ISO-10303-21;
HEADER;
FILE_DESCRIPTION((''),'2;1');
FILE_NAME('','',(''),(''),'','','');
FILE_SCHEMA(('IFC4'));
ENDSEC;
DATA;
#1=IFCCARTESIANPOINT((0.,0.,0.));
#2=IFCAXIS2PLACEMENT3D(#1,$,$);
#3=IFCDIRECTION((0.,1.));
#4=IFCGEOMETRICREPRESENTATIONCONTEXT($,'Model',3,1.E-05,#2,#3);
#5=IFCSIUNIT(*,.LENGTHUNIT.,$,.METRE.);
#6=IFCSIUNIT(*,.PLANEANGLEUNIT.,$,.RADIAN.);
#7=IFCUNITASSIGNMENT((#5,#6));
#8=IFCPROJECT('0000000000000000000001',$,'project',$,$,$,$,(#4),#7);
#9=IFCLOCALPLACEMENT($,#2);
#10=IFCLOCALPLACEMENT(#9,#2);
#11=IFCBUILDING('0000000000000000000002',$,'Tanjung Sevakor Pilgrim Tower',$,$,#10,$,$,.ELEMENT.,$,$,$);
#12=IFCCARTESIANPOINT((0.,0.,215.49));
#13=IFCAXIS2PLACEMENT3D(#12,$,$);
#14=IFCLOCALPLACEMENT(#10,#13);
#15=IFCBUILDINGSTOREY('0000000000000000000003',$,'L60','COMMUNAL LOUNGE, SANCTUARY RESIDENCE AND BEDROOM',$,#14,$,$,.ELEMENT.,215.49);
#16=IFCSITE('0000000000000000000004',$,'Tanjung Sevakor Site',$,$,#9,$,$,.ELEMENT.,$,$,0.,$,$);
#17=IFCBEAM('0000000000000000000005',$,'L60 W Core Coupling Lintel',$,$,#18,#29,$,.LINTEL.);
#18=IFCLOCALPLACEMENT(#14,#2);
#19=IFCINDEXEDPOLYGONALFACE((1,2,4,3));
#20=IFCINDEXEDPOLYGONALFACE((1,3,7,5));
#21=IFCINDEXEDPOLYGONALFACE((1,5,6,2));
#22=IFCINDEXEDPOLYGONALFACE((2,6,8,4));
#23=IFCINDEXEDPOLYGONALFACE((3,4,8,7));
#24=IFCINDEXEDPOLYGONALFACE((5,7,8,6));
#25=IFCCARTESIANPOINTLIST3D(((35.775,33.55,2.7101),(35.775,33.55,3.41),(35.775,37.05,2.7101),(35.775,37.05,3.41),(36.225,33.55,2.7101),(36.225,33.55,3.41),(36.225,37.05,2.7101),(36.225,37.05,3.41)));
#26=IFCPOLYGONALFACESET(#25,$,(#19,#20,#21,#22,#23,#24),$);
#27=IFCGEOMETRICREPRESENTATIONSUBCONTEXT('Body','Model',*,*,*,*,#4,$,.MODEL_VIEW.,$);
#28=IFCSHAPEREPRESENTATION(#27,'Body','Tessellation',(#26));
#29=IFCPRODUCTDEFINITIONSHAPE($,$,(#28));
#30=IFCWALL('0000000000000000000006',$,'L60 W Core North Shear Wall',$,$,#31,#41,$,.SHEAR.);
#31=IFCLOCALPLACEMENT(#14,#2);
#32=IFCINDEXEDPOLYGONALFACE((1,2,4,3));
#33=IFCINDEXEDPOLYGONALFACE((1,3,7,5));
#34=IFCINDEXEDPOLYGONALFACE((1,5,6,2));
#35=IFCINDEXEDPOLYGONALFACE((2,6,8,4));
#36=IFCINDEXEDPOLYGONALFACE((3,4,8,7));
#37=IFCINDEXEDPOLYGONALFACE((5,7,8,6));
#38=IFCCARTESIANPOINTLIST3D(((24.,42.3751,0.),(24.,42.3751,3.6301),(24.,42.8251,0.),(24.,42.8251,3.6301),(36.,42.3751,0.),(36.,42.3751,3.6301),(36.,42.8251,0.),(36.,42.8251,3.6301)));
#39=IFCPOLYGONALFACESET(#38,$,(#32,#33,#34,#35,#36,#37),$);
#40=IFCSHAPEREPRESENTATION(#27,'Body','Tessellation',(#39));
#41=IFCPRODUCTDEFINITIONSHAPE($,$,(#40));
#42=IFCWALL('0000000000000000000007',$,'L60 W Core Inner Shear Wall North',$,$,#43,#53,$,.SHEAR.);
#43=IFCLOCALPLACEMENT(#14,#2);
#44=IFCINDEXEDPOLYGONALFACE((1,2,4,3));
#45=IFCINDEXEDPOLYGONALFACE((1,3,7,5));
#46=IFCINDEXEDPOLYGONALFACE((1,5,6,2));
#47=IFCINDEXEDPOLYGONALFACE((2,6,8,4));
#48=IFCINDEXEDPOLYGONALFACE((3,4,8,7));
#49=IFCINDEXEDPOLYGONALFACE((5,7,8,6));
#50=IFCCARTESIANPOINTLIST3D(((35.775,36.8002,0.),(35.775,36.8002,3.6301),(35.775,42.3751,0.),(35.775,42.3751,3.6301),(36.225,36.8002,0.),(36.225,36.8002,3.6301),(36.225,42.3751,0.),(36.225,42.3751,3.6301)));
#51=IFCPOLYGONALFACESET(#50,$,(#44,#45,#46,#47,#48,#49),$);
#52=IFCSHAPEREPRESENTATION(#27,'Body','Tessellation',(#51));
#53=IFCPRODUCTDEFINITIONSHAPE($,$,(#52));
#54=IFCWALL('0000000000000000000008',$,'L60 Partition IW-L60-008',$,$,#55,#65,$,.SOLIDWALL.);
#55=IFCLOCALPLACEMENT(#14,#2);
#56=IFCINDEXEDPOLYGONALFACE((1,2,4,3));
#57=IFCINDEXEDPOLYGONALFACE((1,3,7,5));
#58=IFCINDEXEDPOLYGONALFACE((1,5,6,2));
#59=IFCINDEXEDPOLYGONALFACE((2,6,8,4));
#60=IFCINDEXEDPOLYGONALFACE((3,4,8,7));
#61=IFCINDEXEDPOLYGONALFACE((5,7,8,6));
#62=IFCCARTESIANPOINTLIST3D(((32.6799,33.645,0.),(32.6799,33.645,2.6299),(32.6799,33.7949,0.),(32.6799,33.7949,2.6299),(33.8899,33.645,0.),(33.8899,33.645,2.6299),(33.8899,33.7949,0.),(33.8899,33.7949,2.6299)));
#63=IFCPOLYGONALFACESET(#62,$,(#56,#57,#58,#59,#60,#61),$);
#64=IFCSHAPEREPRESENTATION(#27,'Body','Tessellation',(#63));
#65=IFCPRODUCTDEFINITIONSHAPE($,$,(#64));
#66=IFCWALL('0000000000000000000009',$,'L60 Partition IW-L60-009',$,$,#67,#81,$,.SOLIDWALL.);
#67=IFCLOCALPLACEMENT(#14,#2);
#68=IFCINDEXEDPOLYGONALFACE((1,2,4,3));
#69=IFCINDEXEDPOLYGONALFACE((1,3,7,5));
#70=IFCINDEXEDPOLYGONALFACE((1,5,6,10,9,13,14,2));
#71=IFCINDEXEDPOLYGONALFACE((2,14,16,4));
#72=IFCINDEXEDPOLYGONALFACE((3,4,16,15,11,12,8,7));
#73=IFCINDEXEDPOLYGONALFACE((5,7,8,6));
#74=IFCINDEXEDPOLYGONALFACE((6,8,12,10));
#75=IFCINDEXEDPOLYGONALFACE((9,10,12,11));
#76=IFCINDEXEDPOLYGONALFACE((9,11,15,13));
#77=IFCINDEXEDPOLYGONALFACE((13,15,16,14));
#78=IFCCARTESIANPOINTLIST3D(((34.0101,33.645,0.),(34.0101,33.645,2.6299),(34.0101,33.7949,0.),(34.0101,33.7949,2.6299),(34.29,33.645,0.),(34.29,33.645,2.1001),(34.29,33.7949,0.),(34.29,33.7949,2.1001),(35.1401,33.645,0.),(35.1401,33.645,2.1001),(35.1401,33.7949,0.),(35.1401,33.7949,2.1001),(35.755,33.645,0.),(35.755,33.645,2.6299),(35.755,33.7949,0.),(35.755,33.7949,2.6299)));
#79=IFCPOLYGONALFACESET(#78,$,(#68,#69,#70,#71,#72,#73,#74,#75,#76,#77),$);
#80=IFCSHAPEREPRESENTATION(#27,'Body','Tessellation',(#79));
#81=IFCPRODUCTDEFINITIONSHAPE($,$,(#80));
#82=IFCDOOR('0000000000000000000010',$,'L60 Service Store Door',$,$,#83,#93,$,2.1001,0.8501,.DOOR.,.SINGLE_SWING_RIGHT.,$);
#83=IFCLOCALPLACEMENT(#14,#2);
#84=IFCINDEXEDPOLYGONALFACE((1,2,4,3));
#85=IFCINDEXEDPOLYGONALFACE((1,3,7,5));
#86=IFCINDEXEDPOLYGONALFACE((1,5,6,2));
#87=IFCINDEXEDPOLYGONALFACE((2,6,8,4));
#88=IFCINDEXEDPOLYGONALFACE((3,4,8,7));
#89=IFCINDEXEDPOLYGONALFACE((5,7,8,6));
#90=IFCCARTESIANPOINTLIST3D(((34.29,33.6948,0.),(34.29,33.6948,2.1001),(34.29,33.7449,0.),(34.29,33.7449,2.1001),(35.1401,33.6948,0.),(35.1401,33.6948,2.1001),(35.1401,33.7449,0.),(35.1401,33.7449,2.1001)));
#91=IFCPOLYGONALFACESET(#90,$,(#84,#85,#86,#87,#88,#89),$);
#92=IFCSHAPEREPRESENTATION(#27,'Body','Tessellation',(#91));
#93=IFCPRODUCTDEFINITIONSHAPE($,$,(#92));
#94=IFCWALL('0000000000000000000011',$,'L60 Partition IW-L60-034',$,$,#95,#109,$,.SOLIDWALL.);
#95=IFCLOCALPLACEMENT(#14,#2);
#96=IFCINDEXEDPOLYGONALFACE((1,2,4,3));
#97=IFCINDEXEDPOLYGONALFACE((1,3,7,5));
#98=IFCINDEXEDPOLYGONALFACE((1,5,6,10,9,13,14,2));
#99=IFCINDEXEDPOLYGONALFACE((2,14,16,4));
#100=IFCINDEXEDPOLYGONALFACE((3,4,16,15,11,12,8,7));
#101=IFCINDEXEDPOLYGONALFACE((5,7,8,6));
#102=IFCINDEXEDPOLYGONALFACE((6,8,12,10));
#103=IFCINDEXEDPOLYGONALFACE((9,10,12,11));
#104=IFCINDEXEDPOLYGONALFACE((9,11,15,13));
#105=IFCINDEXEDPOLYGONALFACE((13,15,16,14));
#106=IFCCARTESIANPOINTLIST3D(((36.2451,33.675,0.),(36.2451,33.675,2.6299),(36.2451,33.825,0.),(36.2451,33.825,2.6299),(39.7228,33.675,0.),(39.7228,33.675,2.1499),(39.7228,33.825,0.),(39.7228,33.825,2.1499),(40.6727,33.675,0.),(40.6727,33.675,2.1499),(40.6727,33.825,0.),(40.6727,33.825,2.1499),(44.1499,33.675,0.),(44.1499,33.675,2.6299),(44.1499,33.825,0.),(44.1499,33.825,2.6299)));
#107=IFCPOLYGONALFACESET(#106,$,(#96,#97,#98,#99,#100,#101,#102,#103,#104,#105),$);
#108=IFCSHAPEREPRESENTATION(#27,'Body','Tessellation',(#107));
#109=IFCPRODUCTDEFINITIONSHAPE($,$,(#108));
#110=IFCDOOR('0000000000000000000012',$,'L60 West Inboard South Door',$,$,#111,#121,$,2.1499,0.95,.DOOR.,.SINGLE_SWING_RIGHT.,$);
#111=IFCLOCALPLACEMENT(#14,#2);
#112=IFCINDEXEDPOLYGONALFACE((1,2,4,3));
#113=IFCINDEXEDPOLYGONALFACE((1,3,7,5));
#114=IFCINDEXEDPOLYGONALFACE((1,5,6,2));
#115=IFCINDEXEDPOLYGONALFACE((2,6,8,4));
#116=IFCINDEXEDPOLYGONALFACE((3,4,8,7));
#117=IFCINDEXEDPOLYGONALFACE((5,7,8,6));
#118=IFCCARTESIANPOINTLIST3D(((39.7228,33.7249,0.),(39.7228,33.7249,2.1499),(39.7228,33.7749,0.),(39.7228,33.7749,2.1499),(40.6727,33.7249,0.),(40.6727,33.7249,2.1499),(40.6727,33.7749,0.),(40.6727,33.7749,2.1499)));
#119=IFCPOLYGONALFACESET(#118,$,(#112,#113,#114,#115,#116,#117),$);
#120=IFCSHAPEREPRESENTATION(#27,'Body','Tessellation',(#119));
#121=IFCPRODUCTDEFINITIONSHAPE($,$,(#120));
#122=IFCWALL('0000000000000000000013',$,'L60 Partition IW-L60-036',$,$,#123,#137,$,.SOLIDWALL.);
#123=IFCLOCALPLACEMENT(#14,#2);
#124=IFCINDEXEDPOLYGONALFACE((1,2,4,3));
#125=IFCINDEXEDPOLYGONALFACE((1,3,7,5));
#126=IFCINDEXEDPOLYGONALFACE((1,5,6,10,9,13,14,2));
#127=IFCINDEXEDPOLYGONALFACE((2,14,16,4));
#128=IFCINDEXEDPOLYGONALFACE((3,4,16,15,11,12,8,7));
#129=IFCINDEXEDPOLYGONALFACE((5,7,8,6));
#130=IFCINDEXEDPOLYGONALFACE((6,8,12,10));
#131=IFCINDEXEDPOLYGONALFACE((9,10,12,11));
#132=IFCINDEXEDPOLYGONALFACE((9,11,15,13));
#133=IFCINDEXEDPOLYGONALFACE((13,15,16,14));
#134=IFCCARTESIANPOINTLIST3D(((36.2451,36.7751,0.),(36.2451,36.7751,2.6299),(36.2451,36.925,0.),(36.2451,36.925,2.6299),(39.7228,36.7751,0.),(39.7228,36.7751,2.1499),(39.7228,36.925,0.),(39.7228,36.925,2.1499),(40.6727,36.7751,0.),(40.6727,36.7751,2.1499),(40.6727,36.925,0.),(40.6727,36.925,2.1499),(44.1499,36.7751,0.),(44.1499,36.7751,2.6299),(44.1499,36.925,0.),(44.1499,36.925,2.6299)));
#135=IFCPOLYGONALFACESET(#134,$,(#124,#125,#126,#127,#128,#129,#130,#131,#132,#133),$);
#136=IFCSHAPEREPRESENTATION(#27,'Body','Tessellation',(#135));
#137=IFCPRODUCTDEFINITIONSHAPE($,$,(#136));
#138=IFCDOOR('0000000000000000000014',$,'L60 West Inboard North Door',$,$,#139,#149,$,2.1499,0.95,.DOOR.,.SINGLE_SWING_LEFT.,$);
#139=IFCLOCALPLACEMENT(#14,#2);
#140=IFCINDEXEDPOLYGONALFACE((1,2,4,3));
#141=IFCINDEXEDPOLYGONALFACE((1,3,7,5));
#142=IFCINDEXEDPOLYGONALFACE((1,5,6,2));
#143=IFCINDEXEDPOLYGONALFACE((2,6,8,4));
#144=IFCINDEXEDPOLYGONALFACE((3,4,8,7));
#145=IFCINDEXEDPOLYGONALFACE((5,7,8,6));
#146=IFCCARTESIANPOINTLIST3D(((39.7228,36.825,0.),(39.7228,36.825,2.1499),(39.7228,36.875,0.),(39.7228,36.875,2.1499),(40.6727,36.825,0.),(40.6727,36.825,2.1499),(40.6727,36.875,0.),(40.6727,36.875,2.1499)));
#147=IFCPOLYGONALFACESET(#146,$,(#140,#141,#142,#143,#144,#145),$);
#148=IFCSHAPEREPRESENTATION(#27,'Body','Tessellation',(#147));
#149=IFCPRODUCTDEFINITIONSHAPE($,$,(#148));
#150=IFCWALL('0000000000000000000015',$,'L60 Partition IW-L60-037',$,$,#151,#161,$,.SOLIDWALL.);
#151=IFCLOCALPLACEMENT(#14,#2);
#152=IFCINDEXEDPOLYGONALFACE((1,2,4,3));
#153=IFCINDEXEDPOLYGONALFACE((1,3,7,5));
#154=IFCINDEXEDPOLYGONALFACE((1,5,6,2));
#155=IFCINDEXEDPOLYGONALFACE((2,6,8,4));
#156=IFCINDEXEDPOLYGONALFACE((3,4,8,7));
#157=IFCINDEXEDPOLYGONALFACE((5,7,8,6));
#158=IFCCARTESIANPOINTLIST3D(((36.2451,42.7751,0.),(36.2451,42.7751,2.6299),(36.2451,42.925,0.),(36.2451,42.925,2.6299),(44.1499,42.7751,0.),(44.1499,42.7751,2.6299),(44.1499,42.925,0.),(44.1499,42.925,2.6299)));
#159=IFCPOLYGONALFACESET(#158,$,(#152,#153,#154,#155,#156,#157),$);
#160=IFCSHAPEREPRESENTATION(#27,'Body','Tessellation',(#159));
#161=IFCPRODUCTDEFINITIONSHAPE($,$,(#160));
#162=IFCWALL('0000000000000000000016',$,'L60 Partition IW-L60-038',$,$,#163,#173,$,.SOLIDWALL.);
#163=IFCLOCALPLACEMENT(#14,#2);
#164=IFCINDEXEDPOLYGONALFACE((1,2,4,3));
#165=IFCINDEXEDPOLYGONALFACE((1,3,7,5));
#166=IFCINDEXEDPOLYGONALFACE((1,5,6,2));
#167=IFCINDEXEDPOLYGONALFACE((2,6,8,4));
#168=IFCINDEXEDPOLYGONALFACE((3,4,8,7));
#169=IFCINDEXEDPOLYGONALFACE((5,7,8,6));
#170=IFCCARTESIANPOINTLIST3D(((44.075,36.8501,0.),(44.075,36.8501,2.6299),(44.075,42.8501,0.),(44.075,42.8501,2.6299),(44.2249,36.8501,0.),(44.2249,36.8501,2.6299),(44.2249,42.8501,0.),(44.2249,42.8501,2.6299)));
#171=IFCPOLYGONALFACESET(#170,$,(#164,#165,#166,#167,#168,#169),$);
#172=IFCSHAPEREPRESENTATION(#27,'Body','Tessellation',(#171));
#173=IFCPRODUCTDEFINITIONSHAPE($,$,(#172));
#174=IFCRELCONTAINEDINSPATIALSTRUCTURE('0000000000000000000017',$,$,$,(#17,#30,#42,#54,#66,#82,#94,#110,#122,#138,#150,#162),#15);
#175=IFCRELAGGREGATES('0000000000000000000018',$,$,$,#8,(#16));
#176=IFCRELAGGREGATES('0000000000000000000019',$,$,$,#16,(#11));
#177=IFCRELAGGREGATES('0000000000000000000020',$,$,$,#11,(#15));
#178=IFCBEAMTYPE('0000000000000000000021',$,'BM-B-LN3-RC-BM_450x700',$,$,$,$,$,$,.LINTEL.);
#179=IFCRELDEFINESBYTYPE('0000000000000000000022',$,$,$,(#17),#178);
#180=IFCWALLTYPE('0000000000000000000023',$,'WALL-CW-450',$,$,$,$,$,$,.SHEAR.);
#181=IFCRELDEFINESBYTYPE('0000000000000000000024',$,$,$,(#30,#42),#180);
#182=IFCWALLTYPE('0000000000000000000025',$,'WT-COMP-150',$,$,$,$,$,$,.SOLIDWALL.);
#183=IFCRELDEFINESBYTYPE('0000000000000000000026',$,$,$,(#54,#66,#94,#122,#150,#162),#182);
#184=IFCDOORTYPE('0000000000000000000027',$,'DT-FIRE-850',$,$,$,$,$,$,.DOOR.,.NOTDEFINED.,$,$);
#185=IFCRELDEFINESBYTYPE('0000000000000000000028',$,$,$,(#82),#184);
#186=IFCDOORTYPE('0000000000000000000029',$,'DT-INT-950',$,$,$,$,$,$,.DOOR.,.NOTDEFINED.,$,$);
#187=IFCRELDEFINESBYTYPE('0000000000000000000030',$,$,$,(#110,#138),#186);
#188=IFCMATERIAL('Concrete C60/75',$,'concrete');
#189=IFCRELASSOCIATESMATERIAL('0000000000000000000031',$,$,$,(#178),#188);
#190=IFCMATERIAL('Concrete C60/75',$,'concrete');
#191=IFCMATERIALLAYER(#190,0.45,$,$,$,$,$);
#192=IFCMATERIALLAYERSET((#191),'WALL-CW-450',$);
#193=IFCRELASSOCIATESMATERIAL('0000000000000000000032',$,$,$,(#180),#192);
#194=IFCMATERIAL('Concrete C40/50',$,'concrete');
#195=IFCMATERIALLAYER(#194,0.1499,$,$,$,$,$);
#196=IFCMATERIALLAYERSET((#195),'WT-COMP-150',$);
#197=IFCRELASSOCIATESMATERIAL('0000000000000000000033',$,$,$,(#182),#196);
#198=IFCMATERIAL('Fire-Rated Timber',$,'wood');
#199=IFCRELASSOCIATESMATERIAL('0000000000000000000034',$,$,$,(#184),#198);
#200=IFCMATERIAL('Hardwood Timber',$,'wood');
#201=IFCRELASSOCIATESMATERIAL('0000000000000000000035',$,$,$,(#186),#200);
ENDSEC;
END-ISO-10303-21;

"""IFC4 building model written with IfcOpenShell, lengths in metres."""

from ifc_helpers import new_model, si_unit, direction, frame, frame_2d, origin, origin_2d, place, context, subcontext, project, spatial, rectangle, extrude, material, layer, layer_set, material_profile, profile_set, type_object, element, fill, save


model = new_model("IFC4")

# Units and contexts
model_context = context("Model", 3, precision=1e-05, world=origin(), true_north=direction((0.0, 1.0)))
body_context = subcontext(model_context, "Body", "Model", "MODEL_VIEW")
ifc_project = project(units=[si_unit("LENGTHUNIT", "METRE"), si_unit("PLANEANGLEUNIT", "RADIAN")], contexts=[model_context])

# Site, building, storey
site_placement = place(None, origin())
site = spatial("IfcSite", under=ifc_project, at=site_placement, Name="Tanjung Sevakor Site", CompositionType="ELEMENT", RefElevation=0.0)
building_placement = place(site_placement, origin())
building = spatial("IfcBuilding", under=site, at=building_placement, Name="Tanjung Sevakor Pilgrim Tower", CompositionType="ELEMENT")
storey_placement = place(building_placement, frame((0.0, 0.0, 215.49)))
storey = spatial("IfcBuildingStorey", under=building, at=storey_placement, Name="L60", Description="COMMUNAL LOUNGE, SANCTUARY RESIDENCE AND BEDROOM", CompositionType="ELEMENT", Elevation=215.49)

# Beam
ifc_material_1 = material(Name="Concrete C60/75", Category="concrete")
ifc_material_profile_1 = material_profile(ifc_material_1, rectangle(XDim=0.45, YDim=0.7, at=origin_2d()))
ifc_profile_set_1 = profile_set([ifc_material_profile_1], Name="Concrete C60/75")
beam_type_1 = type_object("IfcBeamType", Name="BM-B-LN3-RC-BM_450x700", PredefinedType="LINTEL", material=ifc_profile_set_1)
beam_1_placement = place(storey_placement, frame((36.0, 33.55, 3.0601), z_axis=(0.0, 1.0, 0.0), x_axis=(-1.0, 0.0, 0.0)))
element("IfcBeam", 1, at=beam_1_placement, inside=storey, type_object=beam_type_1, Name="L60 W Core Coupling Lintel", PredefinedType="LINTEL", context=body_context, shape_type="SweptSolid", body=[
    extrude(rectangle(XDim=0.45, YDim=0.7, at=origin_2d()), origin(), (0.0, 0.0, 1.0), 3.5),
])

# Walls
ifc_material_2 = material(Name="Concrete C60/75", Category="concrete")
ifc_layer_1 = layer(ifc_material_2, 0.45)
ifc_layer_set_1 = layer_set([ifc_layer_1], Name="WALL-CW-450")
wall_type_1 = type_object("IfcWallType", Name="WALL-CW-450", PredefinedType="SHEAR", material=ifc_layer_set_1)
wall_1_placement = place(storey_placement, frame((36.0, 42.6001, 0.0), z_axis=(0.0, 0.0, 1.0), x_axis=(-1.0, 0.0, 0.0)))
element("IfcWall", 2, at=wall_1_placement, inside=storey, type_object=wall_type_1, Name="L60 W Core North Shear Wall", PredefinedType="SHEAR", context=body_context, shape_type="SweptSolid", body=[
    extrude(rectangle(XDim=12.0, YDim=0.45, at=frame_2d((6.0, 0.0))), origin(), (0.0, 0.0, 1.0), 3.6301),
])
wall_2_placement = place(storey_placement, frame((36.0, 36.8, 0.0), z_axis=(0.0, 0.0, 1.0), x_axis=(0.0, 1.0, 0.0)))
element("IfcWall", 3, at=wall_2_placement, inside=storey, type_object=wall_type_1, Name="L60 W Core Inner Shear Wall North", PredefinedType="SHEAR", context=body_context, shape_type="SweptSolid", body=[
    extrude(rectangle(XDim=5.575, YDim=0.45, at=frame_2d((2.7876, 0.0))), origin(), (0.0, 0.0, 1.0), 3.6301),
])
ifc_material_3 = material(Name="Concrete C40/50", Category="concrete")
ifc_layer_2 = layer(ifc_material_3, 0.1499)
ifc_layer_set_2 = layer_set([ifc_layer_2], Name="WT-COMP-150")
wall_type_2 = type_object("IfcWallType", Name="WT-COMP-150", PredefinedType="SOLIDWALL", material=ifc_layer_set_2)
wall_3_placement = place(storey_placement, frame((32.6799, 33.72, 0.0), z_axis=(0.0, 0.0, 1.0), x_axis=(1.0, 0.0, 0.0)))
element("IfcWall", 4, at=wall_3_placement, inside=storey, type_object=wall_type_2, Name="L60 Partition IW-L60-008", PredefinedType="SOLIDWALL", context=body_context, shape_type="SweptSolid", body=[
    extrude(rectangle(XDim=1.21, YDim=0.1499, at=frame_2d((0.605, 0.0))), origin(), (0.0, 0.0, 1.0), 2.6299),
])

# Walls, openings, doors
wall_4_placement = place(storey_placement, frame((34.01, 33.72, 0.0), z_axis=(0.0, 0.0, 1.0), x_axis=(1.0, 0.0, 0.0)))
wall_4 = element("IfcWall", 5, at=wall_4_placement, inside=storey, type_object=wall_type_2, Name="L60 Partition IW-L60-009", PredefinedType="SOLIDWALL", context=body_context, shape_type="SweptSolid", body=[
    extrude(rectangle(XDim=1.7449, YDim=0.1499, at=frame_2d((0.8726, 0.0))), origin(), (0.0, 0.0, 1.0), 2.6299),
])
opening_1_placement = place(wall_4_placement, frame((0.28, 0.0, 0.0)))
opening_1 = element("IfcOpeningElement", 6, at=opening_1_placement, cuts=wall_4, PredefinedType="OPENING", context=body_context, shape_type="SweptSolid", body=[
    extrude(rectangle(XDim=0.8501, YDim=2.1001, at=frame_2d((0.425, 1.05))), frame((0.0, 0.085, 0.0), z_axis=(0.0, -1.0, 0.0), x_axis=(1.0, 0.0, 0.0)), (0.0, 0.0, 1.0), 0.1699),
])
ifc_material_4 = material(Name="Fire-Rated Timber", Category="wood")
door_type_1 = type_object("IfcDoorType", Name="DT-FIRE-850", OperationType="NOTDEFINED", PredefinedType="DOOR", material=ifc_material_4)
door_1_placement = place(opening_1_placement, origin())
door_1 = element("IfcDoor", 7, at=door_1_placement, inside=storey, type_object=door_type_1, Name="L60 Service Store Door", OperationType="SINGLE_SWING_RIGHT", OverallHeight=2.1001, OverallWidth=0.8501, PredefinedType="DOOR", context=body_context, shape_type="SweptSolid", body=[
    extrude(rectangle(XDim=0.8501, YDim=2.1001, at=frame_2d((0.425, 1.05))), frame((0.0, 0.0249, 0.0), z_axis=(0.0, -1.0, 0.0), x_axis=(1.0, 0.0, 0.0)), (0.0, 0.0, 1.0), 0.05),
])
fill(opening_1, door_1)
wall_5_placement = place(storey_placement, frame((36.2451, 33.75, 0.0), z_axis=(0.0, 0.0, 1.0), x_axis=(1.0, 0.0, 0.0)))
wall_5 = element("IfcWall", 8, at=wall_5_placement, inside=storey, type_object=wall_type_2, Name="L60 Partition IW-L60-034", PredefinedType="SOLIDWALL", context=body_context, shape_type="SweptSolid", body=[
    extrude(rectangle(XDim=7.9048, YDim=0.1499, at=frame_2d((3.9524, 0.0))), origin(), (0.0, 0.0, 1.0), 2.6299),
])
opening_2_placement = place(wall_5_placement, frame((3.4775, 0.0, 0.0)))
opening_2 = element("IfcOpeningElement", 9, at=opening_2_placement, cuts=wall_5, PredefinedType="OPENING", context=body_context, shape_type="SweptSolid", body=[
    extrude(rectangle(XDim=0.95, YDim=2.1499, at=frame_2d((0.4751, 1.075))), frame((0.0, 0.085, 0.0), z_axis=(0.0, -1.0, 0.0), x_axis=(1.0, 0.0, 0.0)), (0.0, 0.0, 1.0), 0.1699),
])
ifc_material_5 = material(Name="Hardwood Timber", Category="wood")
door_type_2 = type_object("IfcDoorType", Name="DT-INT-950", OperationType="NOTDEFINED", PredefinedType="DOOR", material=ifc_material_5)
door_2_placement = place(opening_2_placement, origin())
door_2 = element("IfcDoor", 10, at=door_2_placement, inside=storey, type_object=door_type_2, Name="L60 West Inboard South Door", OperationType="SINGLE_SWING_RIGHT", OverallHeight=2.1499, OverallWidth=0.95, PredefinedType="DOOR", context=body_context, shape_type="SweptSolid", body=[
    extrude(rectangle(XDim=0.95, YDim=2.1499, at=frame_2d((0.4751, 1.075))), frame((0.0, 0.0249, 0.0), z_axis=(0.0, -1.0, 0.0), x_axis=(1.0, 0.0, 0.0)), (0.0, 0.0, 1.0), 0.05),
])
fill(opening_2, door_2)
wall_6_placement = place(storey_placement, frame((36.2451, 36.8501, 0.0), z_axis=(0.0, 0.0, 1.0), x_axis=(1.0, 0.0, 0.0)))
wall_6 = element("IfcWall", 11, at=wall_6_placement, inside=storey, type_object=wall_type_2, Name="L60 Partition IW-L60-036", PredefinedType="SOLIDWALL", context=body_context, shape_type="SweptSolid", body=[
    extrude(rectangle(XDim=7.9048, YDim=0.1499, at=frame_2d((3.9524, 0.0))), origin(), (0.0, 0.0, 1.0), 2.6299),
])
opening_3_placement = place(wall_6_placement, frame((3.4775, 0.0, 0.0)))
opening_3 = element("IfcOpeningElement", 12, at=opening_3_placement, cuts=wall_6, PredefinedType="OPENING", context=body_context, shape_type="SweptSolid", body=[
    extrude(rectangle(XDim=0.95, YDim=2.1499, at=frame_2d((0.4751, 1.075))), frame((0.0, 0.085, 0.0), z_axis=(0.0, -1.0, 0.0), x_axis=(1.0, 0.0, 0.0)), (0.0, 0.0, 1.0), 0.1699),
])
door_3_placement = place(opening_3_placement, origin())
door_3 = element("IfcDoor", 13, at=door_3_placement, inside=storey, type_object=door_type_2, Name="L60 West Inboard North Door", OperationType="SINGLE_SWING_LEFT", OverallHeight=2.1499, OverallWidth=0.95, PredefinedType="DOOR", context=body_context, shape_type="SweptSolid", body=[
    extrude(rectangle(XDim=0.95, YDim=2.1499, at=frame_2d((0.4751, 1.075))), frame((0.0, 0.0249, 0.0), z_axis=(0.0, -1.0, 0.0), x_axis=(1.0, 0.0, 0.0)), (0.0, 0.0, 1.0), 0.05),
])
fill(opening_3, door_3)

# Walls
wall_7_placement = place(storey_placement, frame((36.2451, 42.8501, 0.0), z_axis=(0.0, 0.0, 1.0), x_axis=(1.0, 0.0, 0.0)))
element("IfcWall", 14, at=wall_7_placement, inside=storey, type_object=wall_type_2, Name="L60 Partition IW-L60-037", PredefinedType="SOLIDWALL", context=body_context, shape_type="SweptSolid", body=[
    extrude(rectangle(XDim=7.9048, YDim=0.1499, at=frame_2d((3.9524, 0.0))), origin(), (0.0, 0.0, 1.0), 2.6299),
])
wall_8_placement = place(storey_placement, frame((44.1499, 36.8501, 0.0), z_axis=(0.0, 0.0, 1.0), x_axis=(0.0, 1.0, 0.0)))
element("IfcWall", 15, at=wall_8_placement, inside=storey, type_object=wall_type_2, Name="L60 Partition IW-L60-038", PredefinedType="SOLIDWALL", context=body_context, shape_type="SweptSolid", body=[
    extrude(rectangle(XDim=6.0, YDim=0.1499, at=frame_2d((3.0, 0.0))), origin(), (0.0, 0.0, 1.0), 2.6299),
])

save(model, "model.ifc")
